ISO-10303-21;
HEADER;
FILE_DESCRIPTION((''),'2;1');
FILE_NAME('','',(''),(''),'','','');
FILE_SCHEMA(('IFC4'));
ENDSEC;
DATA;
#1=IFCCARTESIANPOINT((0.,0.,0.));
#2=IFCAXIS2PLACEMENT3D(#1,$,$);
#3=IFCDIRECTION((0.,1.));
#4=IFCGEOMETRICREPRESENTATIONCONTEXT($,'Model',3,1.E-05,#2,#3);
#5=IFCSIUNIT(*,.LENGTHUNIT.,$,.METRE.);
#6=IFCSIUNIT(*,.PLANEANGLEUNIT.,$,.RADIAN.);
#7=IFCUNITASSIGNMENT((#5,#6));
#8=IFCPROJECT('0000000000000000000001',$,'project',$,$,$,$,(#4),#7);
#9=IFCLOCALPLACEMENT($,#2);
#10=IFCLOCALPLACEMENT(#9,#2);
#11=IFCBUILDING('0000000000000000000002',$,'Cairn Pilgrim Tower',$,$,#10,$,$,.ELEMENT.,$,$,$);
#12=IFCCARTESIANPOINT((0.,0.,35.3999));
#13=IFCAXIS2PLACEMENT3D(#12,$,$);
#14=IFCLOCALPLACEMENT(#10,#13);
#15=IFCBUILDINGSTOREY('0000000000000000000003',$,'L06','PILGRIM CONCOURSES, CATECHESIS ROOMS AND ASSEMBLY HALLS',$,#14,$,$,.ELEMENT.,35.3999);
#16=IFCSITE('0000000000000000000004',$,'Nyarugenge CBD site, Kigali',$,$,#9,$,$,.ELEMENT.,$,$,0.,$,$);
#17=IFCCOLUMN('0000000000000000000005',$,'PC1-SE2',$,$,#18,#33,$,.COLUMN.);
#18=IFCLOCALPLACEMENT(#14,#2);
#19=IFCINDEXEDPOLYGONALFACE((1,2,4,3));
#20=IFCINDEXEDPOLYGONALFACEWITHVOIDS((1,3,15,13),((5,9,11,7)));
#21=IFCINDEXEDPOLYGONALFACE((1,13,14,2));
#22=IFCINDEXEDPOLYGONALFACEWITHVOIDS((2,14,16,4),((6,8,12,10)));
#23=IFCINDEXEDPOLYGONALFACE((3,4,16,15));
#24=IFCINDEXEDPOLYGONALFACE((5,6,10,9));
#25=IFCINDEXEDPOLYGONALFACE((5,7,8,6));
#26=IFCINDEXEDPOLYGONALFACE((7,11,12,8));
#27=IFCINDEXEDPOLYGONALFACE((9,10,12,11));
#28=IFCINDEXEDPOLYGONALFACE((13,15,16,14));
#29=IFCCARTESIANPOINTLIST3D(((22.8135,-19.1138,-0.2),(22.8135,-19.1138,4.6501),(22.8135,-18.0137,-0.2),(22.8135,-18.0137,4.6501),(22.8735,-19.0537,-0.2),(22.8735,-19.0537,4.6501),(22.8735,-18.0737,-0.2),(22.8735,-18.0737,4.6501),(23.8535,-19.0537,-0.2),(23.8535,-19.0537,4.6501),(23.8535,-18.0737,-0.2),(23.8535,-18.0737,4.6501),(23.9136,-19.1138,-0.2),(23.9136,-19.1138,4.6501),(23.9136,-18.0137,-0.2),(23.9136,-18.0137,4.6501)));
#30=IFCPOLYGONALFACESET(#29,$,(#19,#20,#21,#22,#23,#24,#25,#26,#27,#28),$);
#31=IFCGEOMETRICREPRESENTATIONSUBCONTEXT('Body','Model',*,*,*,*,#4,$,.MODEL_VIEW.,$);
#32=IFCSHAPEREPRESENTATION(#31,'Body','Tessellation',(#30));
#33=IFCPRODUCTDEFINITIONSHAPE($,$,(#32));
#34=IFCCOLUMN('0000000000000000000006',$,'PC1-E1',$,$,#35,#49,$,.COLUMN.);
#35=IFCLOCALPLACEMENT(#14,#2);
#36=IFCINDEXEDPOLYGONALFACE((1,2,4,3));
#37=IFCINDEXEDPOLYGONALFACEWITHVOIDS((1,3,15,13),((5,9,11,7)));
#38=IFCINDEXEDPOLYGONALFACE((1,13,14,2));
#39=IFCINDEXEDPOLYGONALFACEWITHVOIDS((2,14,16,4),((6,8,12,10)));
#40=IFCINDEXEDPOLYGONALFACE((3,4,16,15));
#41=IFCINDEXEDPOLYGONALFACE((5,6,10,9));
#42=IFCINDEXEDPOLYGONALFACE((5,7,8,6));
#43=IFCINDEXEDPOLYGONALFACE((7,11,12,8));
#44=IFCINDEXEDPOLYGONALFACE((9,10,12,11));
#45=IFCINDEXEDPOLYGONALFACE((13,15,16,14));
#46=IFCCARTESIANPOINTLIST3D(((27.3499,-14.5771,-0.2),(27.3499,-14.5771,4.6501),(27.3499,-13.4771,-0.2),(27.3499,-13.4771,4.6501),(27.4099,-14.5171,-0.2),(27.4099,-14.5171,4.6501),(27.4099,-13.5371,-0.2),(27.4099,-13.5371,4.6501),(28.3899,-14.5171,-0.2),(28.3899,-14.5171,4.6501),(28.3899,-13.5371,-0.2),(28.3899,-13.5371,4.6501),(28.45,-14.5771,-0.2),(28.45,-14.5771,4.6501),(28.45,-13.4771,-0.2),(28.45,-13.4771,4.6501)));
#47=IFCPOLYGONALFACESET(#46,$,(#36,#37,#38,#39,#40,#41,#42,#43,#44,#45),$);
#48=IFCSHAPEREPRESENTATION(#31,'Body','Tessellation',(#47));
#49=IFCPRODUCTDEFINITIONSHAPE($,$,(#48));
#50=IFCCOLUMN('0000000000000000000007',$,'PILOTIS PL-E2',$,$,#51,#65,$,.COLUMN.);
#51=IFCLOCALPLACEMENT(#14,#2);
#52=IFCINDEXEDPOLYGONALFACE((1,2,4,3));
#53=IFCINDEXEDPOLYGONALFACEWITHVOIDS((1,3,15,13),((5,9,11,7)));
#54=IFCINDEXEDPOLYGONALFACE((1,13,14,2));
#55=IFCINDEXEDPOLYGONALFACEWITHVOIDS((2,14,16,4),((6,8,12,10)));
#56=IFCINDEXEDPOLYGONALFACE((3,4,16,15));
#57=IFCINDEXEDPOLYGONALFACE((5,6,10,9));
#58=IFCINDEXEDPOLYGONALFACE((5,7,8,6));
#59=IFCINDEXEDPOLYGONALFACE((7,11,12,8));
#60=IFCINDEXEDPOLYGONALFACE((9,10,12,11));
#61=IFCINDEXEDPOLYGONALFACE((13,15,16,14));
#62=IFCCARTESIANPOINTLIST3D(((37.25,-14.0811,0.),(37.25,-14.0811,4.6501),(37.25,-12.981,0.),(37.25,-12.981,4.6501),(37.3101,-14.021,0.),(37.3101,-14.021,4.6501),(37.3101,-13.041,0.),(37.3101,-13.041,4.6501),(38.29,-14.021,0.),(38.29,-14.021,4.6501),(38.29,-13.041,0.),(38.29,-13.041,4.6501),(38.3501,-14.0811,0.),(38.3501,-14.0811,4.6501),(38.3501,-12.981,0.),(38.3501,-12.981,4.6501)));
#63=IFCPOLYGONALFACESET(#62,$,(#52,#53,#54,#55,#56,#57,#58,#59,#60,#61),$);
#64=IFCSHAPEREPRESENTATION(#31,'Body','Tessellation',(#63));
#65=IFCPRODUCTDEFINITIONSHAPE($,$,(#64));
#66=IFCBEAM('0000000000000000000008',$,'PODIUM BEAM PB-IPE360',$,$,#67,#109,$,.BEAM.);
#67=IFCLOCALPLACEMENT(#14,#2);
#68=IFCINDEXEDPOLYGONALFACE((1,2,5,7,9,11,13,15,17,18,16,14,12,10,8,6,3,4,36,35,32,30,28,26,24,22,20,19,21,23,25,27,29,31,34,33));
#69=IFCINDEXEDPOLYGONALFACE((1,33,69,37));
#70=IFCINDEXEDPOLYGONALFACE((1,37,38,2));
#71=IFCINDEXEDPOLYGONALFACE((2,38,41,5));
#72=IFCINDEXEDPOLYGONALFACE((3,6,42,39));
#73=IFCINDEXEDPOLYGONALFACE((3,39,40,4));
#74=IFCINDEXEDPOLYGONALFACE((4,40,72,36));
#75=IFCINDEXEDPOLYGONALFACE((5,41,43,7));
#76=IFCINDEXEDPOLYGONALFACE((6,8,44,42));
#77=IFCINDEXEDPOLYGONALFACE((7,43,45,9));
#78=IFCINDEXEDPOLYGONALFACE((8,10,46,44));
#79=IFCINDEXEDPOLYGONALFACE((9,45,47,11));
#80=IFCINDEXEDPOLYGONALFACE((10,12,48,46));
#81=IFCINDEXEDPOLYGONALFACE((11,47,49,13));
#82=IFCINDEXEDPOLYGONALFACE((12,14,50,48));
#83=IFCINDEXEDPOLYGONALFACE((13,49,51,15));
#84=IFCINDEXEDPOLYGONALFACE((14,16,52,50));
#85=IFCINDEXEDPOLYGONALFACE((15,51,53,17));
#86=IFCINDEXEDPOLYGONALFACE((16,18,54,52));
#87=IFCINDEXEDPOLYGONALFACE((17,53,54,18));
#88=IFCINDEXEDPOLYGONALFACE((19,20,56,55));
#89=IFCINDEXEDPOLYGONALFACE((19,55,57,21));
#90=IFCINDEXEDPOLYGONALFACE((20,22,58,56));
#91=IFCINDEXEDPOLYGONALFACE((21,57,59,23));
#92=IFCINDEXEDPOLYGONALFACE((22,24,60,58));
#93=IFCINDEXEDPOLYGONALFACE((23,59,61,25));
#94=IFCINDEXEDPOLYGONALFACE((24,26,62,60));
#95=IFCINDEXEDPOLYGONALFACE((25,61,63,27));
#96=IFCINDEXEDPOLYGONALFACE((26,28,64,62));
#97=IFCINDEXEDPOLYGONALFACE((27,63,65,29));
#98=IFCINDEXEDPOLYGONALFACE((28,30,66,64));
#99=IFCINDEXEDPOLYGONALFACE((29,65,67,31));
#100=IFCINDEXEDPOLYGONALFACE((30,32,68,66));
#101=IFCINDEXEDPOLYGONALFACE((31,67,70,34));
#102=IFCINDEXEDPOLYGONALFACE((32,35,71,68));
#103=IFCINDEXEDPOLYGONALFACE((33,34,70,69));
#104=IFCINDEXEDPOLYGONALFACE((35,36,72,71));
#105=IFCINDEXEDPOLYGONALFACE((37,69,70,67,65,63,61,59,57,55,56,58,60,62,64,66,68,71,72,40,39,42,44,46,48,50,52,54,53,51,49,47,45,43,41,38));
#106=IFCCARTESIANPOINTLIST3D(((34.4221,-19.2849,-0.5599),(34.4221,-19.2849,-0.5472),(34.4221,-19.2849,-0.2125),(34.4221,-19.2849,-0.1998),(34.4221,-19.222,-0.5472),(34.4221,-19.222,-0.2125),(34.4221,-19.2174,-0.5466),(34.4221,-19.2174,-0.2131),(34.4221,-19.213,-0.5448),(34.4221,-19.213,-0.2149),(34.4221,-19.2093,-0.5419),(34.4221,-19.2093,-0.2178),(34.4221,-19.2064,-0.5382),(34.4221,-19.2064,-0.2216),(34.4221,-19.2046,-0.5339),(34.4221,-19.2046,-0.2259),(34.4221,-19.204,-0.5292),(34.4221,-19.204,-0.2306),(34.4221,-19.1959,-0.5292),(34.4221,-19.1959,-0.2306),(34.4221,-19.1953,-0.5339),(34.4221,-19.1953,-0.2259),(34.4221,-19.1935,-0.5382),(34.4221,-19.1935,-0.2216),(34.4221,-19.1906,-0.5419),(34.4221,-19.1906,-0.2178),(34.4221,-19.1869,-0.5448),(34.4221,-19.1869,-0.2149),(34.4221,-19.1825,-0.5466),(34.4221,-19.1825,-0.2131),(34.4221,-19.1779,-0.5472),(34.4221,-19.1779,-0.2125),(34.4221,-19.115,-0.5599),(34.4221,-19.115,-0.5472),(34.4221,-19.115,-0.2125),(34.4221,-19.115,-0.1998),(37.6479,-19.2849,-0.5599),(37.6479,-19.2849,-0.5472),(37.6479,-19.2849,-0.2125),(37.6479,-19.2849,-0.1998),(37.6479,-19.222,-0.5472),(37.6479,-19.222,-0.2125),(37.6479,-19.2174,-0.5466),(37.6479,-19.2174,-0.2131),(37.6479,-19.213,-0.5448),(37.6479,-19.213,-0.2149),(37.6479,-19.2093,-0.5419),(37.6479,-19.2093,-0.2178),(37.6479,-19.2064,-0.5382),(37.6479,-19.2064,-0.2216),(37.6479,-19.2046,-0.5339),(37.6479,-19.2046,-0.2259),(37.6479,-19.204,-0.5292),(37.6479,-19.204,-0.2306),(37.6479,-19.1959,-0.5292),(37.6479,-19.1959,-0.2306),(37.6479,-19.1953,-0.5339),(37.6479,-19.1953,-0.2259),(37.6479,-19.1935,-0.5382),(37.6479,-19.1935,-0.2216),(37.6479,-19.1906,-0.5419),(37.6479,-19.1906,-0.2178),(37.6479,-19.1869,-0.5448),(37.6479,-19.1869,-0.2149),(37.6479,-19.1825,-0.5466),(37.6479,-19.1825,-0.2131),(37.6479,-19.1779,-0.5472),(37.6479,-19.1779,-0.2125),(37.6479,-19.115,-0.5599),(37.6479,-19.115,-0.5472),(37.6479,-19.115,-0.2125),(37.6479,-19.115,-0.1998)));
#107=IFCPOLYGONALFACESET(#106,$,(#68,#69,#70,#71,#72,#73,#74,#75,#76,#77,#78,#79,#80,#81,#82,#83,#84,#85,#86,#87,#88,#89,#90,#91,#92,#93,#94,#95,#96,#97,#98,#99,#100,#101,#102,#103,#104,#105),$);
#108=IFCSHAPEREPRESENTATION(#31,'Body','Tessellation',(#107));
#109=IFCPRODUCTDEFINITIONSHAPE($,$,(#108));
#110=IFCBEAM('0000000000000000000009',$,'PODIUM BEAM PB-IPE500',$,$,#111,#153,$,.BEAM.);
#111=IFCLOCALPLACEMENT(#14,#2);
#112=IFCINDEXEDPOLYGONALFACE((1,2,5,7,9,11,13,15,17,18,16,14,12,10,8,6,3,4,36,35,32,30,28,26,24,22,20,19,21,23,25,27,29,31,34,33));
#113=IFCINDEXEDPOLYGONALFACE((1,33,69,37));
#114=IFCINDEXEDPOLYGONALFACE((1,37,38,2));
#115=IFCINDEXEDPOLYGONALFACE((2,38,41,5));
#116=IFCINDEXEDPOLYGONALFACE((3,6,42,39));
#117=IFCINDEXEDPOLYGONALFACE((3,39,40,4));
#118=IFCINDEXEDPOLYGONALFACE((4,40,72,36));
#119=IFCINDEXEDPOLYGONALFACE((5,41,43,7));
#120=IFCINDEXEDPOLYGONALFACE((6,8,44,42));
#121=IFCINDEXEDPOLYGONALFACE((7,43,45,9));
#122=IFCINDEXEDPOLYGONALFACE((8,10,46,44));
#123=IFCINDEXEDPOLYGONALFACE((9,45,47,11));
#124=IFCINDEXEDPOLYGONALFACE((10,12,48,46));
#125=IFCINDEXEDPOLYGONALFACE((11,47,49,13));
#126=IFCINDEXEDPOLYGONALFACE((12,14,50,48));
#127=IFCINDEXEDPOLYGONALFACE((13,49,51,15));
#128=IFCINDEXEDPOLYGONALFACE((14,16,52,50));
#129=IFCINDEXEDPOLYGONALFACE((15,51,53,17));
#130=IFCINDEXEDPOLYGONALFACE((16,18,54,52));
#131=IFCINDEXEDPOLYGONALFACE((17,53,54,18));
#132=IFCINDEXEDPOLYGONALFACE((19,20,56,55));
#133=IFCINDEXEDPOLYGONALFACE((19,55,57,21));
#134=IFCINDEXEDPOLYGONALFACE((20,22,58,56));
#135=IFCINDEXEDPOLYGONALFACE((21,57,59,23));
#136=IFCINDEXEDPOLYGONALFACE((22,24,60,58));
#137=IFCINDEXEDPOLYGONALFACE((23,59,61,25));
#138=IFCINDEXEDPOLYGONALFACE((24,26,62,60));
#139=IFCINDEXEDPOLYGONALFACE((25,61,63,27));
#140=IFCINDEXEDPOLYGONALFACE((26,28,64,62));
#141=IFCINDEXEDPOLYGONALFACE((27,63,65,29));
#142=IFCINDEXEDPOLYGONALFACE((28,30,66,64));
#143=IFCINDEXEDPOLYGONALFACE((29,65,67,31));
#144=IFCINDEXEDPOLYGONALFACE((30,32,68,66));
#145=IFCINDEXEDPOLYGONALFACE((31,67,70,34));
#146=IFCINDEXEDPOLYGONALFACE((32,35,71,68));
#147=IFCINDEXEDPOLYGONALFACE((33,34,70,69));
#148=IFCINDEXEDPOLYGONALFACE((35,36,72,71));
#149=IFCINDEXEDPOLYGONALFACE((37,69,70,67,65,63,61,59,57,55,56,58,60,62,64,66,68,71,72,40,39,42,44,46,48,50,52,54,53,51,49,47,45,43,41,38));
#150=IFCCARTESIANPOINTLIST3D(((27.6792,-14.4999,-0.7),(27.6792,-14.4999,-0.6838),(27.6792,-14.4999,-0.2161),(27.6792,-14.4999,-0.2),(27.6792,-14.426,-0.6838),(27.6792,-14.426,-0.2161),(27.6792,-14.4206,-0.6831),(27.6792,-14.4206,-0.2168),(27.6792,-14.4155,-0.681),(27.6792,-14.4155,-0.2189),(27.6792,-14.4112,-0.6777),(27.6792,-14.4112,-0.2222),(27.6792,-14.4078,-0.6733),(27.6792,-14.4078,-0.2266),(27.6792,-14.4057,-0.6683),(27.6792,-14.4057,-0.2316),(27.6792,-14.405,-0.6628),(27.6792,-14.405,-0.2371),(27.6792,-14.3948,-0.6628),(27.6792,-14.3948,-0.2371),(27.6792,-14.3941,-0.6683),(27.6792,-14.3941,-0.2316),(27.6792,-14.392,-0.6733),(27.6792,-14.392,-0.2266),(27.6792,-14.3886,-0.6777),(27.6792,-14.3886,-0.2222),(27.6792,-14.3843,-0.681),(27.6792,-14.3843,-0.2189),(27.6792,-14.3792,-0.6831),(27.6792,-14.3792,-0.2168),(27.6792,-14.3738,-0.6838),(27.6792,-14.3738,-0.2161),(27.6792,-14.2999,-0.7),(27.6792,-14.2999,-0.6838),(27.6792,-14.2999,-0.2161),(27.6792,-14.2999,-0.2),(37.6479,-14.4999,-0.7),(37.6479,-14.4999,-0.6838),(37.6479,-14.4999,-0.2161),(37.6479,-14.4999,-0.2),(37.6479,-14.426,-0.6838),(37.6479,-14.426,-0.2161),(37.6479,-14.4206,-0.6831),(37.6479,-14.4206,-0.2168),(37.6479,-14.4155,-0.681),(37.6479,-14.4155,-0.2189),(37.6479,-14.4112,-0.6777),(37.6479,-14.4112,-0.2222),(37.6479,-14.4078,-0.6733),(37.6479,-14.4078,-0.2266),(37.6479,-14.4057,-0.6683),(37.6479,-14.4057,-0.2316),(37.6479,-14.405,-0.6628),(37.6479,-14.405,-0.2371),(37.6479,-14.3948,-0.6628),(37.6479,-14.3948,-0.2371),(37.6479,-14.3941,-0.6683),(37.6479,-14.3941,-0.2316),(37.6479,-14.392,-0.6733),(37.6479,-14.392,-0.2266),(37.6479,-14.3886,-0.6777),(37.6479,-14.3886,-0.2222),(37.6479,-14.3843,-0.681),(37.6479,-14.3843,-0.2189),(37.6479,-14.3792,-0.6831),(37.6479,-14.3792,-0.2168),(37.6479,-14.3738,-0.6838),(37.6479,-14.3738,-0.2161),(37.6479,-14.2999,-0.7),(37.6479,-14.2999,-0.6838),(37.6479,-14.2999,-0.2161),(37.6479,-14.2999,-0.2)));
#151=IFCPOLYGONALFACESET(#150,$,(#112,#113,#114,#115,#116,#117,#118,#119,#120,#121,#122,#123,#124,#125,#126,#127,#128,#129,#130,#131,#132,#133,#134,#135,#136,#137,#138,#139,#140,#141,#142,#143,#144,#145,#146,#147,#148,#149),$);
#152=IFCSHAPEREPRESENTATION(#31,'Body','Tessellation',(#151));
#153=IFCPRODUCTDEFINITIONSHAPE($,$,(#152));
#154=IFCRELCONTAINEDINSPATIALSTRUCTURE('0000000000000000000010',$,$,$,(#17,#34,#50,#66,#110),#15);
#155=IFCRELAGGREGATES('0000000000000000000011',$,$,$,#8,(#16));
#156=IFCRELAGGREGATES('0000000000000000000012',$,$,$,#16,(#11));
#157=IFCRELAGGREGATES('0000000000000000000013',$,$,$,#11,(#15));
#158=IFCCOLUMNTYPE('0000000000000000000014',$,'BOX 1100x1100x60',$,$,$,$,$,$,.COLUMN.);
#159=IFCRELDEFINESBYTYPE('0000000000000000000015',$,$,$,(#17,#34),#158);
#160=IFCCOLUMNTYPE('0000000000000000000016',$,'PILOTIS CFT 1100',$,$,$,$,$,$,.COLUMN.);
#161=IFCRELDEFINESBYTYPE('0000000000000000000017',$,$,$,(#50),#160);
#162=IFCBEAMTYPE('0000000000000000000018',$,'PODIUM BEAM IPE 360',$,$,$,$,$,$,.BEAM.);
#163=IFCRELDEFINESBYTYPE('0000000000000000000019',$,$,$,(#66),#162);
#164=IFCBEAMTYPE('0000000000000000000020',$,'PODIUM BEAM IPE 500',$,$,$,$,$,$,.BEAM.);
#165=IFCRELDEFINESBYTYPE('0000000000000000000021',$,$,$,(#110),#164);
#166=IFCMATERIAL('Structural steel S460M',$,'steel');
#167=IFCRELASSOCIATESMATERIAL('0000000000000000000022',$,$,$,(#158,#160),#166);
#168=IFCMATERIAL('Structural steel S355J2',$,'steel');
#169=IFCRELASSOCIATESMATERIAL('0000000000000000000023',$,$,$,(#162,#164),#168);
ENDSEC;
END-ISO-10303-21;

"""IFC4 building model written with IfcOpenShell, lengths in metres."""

from ifc_helpers import new_model, si_unit, direction, frame, origin, origin_2d, place, context, subcontext, project, spatial, hollow_rectangle, i_section, extrude, material, material_profile, profile_set, type_object, element, save


model = new_model("IFC4")

# Units and contexts
model_context = context("Model", 3, precision=1e-05, world=origin(), true_north=direction((0.0, 1.0)))
body_context = subcontext(model_context, "Body", "Model", "MODEL_VIEW")
ifc_project = project(units=[si_unit("LENGTHUNIT", "METRE"), si_unit("PLANEANGLEUNIT", "RADIAN")], contexts=[model_context])

# Site, building, storey
site_placement = place(None, origin())
site = spatial("IfcSite", under=ifc_project, at=site_placement, Name="Nyarugenge CBD site, Kigali", CompositionType="ELEMENT", RefElevation=0.0)
building_placement = place(site_placement, origin())
building = spatial("IfcBuilding", under=site, at=building_placement, Name="Cairn Pilgrim Tower", CompositionType="ELEMENT")
storey_placement = place(building_placement, frame((0.0, 0.0, 35.3999)))
storey = spatial("IfcBuildingStorey", under=building, at=storey_placement, Name="L06", Description="PILGRIM CONCOURSES, CATECHESIS ROOMS AND ASSEMBLY HALLS", CompositionType="ELEMENT", Elevation=35.3999)

# Columns
ifc_material_1 = material(Name="Structural steel S460M", Category="steel")
ifc_material_profile_1 = material_profile(ifc_material_1, hollow_rectangle(XDim=1.1001, YDim=1.1001, WallThickness=0.0601, at=origin_2d()), Name="BOX 1100x1100x60")
ifc_profile_set_1 = profile_set([ifc_material_profile_1], Name="Structural steel S460M")
column_type_1 = type_object("IfcColumnType", Name="BOX 1100x1100x60", PredefinedType="COLUMN", material=ifc_profile_set_1)
for number, where, z_axis, x_axis, name in (
    (1, (23.3635, -18.5637, -0.2), (0.0, 0.0, 1.0), (1.0, 0.0, 0.0), "PC1-SE2"),
    (2, (27.8999, -14.0271, -0.2), (0.0, 0.0, 1.0), (1.0, 0.0, 0.0), "PC1-E1"),
):
    element("IfcColumn", number, at=place(storey_placement, frame(where, z_axis=z_axis, x_axis=x_axis)), inside=storey, type_object=column_type_1, Name=name, PredefinedType="COLUMN", context=body_context, shape_type="SweptSolid", body=[
        extrude(hollow_rectangle(XDim=1.1001, YDim=1.1001, WallThickness=0.0601, at=origin_2d()), origin(), (0.0, 0.0, 1.0), 4.8501),
    ])
ifc_material_profile_2 = material_profile(ifc_material_1, hollow_rectangle(XDim=1.1001, YDim=1.1001, WallThickness=0.0601, at=origin_2d()), Name="BOX 1100x1100x60")
ifc_profile_set_2 = profile_set([ifc_material_profile_2], Name="Structural steel S460M")
column_type_2 = type_object("IfcColumnType", Name="PILOTIS CFT 1100", PredefinedType="COLUMN", material=ifc_profile_set_2)
column_placement = place(storey_placement, frame((37.8, -13.531, 0.0), z_axis=(0.0, 0.0, 1.0), x_axis=(1.0, 0.0, 0.0)))
element("IfcColumn", 3, at=column_placement, inside=storey, type_object=column_type_2, Name="PILOTIS PL-E2", PredefinedType="COLUMN", context=body_context, shape_type="SweptSolid", body=[
    extrude(hollow_rectangle(XDim=1.1001, YDim=1.1001, WallThickness=0.0601, at=origin_2d()), origin(), (0.0, 0.0, 1.0), 4.6501),
])

# Beams
ifc_material_2 = material(Name="Structural steel S355J2", Category="steel")
ifc_material_profile_3 = material_profile(ifc_material_2, i_section(OverallWidth=0.1699, OverallDepth=0.3601, WebThickness=0.0081, FlangeThickness=0.0127, FilletRadius=0.0181, at=origin_2d()), Name="IPE 360")
ifc_profile_set_3 = profile_set([ifc_material_profile_3], Name="Structural steel S355J2")
beam_type_1 = type_object("IfcBeamType", Name="PODIUM BEAM IPE 360", PredefinedType="BEAM", material=ifc_profile_set_3)
beam_1_placement = place(storey_placement, frame((34.4221, -19.2, -0.3799), z_axis=(1.0, 0.0, 0.0), x_axis=(0.0, 1.0, 0.0)))
element("IfcBeam", 4, at=beam_1_placement, inside=storey, type_object=beam_type_1, Name="PODIUM BEAM PB-IPE360", PredefinedType="BEAM", context=body_context, shape_type="SweptSolid", body=[
    extrude(i_section(OverallWidth=0.1699, OverallDepth=0.3601, WebThickness=0.0081, FlangeThickness=0.0127, FilletRadius=0.0181, at=origin_2d()), origin(), (0.0, 0.0, 1.0), 3.2258),
])
ifc_material_profile_4 = material_profile(ifc_material_2, i_section(OverallWidth=0.2, OverallDepth=0.5, WebThickness=0.0103, FlangeThickness=0.0161, FilletRadius=0.021, at=origin_2d()), Name="IPE 500")
ifc_profile_set_4 = profile_set([ifc_material_profile_4], Name="Structural steel S355J2")
beam_type_2 = type_object("IfcBeamType", Name="PODIUM BEAM IPE 500", PredefinedType="BEAM", material=ifc_profile_set_4)
beam_2_placement = place(storey_placement, frame((27.6792, -14.3999, -0.45), z_axis=(1.0, 0.0, 0.0), x_axis=(0.0, 1.0, 0.0)))
element("IfcBeam", 5, at=beam_2_placement, inside=storey, type_object=beam_type_2, Name="PODIUM BEAM PB-IPE500", PredefinedType="BEAM", context=body_context, shape_type="SweptSolid", body=[
    extrude(i_section(OverallWidth=0.2, OverallDepth=0.5, WebThickness=0.0103, FlangeThickness=0.0161, FilletRadius=0.021, at=origin_2d()), origin(), (0.0, 0.0, 1.0), 9.9688),
])

save(model, "model.ifc")
